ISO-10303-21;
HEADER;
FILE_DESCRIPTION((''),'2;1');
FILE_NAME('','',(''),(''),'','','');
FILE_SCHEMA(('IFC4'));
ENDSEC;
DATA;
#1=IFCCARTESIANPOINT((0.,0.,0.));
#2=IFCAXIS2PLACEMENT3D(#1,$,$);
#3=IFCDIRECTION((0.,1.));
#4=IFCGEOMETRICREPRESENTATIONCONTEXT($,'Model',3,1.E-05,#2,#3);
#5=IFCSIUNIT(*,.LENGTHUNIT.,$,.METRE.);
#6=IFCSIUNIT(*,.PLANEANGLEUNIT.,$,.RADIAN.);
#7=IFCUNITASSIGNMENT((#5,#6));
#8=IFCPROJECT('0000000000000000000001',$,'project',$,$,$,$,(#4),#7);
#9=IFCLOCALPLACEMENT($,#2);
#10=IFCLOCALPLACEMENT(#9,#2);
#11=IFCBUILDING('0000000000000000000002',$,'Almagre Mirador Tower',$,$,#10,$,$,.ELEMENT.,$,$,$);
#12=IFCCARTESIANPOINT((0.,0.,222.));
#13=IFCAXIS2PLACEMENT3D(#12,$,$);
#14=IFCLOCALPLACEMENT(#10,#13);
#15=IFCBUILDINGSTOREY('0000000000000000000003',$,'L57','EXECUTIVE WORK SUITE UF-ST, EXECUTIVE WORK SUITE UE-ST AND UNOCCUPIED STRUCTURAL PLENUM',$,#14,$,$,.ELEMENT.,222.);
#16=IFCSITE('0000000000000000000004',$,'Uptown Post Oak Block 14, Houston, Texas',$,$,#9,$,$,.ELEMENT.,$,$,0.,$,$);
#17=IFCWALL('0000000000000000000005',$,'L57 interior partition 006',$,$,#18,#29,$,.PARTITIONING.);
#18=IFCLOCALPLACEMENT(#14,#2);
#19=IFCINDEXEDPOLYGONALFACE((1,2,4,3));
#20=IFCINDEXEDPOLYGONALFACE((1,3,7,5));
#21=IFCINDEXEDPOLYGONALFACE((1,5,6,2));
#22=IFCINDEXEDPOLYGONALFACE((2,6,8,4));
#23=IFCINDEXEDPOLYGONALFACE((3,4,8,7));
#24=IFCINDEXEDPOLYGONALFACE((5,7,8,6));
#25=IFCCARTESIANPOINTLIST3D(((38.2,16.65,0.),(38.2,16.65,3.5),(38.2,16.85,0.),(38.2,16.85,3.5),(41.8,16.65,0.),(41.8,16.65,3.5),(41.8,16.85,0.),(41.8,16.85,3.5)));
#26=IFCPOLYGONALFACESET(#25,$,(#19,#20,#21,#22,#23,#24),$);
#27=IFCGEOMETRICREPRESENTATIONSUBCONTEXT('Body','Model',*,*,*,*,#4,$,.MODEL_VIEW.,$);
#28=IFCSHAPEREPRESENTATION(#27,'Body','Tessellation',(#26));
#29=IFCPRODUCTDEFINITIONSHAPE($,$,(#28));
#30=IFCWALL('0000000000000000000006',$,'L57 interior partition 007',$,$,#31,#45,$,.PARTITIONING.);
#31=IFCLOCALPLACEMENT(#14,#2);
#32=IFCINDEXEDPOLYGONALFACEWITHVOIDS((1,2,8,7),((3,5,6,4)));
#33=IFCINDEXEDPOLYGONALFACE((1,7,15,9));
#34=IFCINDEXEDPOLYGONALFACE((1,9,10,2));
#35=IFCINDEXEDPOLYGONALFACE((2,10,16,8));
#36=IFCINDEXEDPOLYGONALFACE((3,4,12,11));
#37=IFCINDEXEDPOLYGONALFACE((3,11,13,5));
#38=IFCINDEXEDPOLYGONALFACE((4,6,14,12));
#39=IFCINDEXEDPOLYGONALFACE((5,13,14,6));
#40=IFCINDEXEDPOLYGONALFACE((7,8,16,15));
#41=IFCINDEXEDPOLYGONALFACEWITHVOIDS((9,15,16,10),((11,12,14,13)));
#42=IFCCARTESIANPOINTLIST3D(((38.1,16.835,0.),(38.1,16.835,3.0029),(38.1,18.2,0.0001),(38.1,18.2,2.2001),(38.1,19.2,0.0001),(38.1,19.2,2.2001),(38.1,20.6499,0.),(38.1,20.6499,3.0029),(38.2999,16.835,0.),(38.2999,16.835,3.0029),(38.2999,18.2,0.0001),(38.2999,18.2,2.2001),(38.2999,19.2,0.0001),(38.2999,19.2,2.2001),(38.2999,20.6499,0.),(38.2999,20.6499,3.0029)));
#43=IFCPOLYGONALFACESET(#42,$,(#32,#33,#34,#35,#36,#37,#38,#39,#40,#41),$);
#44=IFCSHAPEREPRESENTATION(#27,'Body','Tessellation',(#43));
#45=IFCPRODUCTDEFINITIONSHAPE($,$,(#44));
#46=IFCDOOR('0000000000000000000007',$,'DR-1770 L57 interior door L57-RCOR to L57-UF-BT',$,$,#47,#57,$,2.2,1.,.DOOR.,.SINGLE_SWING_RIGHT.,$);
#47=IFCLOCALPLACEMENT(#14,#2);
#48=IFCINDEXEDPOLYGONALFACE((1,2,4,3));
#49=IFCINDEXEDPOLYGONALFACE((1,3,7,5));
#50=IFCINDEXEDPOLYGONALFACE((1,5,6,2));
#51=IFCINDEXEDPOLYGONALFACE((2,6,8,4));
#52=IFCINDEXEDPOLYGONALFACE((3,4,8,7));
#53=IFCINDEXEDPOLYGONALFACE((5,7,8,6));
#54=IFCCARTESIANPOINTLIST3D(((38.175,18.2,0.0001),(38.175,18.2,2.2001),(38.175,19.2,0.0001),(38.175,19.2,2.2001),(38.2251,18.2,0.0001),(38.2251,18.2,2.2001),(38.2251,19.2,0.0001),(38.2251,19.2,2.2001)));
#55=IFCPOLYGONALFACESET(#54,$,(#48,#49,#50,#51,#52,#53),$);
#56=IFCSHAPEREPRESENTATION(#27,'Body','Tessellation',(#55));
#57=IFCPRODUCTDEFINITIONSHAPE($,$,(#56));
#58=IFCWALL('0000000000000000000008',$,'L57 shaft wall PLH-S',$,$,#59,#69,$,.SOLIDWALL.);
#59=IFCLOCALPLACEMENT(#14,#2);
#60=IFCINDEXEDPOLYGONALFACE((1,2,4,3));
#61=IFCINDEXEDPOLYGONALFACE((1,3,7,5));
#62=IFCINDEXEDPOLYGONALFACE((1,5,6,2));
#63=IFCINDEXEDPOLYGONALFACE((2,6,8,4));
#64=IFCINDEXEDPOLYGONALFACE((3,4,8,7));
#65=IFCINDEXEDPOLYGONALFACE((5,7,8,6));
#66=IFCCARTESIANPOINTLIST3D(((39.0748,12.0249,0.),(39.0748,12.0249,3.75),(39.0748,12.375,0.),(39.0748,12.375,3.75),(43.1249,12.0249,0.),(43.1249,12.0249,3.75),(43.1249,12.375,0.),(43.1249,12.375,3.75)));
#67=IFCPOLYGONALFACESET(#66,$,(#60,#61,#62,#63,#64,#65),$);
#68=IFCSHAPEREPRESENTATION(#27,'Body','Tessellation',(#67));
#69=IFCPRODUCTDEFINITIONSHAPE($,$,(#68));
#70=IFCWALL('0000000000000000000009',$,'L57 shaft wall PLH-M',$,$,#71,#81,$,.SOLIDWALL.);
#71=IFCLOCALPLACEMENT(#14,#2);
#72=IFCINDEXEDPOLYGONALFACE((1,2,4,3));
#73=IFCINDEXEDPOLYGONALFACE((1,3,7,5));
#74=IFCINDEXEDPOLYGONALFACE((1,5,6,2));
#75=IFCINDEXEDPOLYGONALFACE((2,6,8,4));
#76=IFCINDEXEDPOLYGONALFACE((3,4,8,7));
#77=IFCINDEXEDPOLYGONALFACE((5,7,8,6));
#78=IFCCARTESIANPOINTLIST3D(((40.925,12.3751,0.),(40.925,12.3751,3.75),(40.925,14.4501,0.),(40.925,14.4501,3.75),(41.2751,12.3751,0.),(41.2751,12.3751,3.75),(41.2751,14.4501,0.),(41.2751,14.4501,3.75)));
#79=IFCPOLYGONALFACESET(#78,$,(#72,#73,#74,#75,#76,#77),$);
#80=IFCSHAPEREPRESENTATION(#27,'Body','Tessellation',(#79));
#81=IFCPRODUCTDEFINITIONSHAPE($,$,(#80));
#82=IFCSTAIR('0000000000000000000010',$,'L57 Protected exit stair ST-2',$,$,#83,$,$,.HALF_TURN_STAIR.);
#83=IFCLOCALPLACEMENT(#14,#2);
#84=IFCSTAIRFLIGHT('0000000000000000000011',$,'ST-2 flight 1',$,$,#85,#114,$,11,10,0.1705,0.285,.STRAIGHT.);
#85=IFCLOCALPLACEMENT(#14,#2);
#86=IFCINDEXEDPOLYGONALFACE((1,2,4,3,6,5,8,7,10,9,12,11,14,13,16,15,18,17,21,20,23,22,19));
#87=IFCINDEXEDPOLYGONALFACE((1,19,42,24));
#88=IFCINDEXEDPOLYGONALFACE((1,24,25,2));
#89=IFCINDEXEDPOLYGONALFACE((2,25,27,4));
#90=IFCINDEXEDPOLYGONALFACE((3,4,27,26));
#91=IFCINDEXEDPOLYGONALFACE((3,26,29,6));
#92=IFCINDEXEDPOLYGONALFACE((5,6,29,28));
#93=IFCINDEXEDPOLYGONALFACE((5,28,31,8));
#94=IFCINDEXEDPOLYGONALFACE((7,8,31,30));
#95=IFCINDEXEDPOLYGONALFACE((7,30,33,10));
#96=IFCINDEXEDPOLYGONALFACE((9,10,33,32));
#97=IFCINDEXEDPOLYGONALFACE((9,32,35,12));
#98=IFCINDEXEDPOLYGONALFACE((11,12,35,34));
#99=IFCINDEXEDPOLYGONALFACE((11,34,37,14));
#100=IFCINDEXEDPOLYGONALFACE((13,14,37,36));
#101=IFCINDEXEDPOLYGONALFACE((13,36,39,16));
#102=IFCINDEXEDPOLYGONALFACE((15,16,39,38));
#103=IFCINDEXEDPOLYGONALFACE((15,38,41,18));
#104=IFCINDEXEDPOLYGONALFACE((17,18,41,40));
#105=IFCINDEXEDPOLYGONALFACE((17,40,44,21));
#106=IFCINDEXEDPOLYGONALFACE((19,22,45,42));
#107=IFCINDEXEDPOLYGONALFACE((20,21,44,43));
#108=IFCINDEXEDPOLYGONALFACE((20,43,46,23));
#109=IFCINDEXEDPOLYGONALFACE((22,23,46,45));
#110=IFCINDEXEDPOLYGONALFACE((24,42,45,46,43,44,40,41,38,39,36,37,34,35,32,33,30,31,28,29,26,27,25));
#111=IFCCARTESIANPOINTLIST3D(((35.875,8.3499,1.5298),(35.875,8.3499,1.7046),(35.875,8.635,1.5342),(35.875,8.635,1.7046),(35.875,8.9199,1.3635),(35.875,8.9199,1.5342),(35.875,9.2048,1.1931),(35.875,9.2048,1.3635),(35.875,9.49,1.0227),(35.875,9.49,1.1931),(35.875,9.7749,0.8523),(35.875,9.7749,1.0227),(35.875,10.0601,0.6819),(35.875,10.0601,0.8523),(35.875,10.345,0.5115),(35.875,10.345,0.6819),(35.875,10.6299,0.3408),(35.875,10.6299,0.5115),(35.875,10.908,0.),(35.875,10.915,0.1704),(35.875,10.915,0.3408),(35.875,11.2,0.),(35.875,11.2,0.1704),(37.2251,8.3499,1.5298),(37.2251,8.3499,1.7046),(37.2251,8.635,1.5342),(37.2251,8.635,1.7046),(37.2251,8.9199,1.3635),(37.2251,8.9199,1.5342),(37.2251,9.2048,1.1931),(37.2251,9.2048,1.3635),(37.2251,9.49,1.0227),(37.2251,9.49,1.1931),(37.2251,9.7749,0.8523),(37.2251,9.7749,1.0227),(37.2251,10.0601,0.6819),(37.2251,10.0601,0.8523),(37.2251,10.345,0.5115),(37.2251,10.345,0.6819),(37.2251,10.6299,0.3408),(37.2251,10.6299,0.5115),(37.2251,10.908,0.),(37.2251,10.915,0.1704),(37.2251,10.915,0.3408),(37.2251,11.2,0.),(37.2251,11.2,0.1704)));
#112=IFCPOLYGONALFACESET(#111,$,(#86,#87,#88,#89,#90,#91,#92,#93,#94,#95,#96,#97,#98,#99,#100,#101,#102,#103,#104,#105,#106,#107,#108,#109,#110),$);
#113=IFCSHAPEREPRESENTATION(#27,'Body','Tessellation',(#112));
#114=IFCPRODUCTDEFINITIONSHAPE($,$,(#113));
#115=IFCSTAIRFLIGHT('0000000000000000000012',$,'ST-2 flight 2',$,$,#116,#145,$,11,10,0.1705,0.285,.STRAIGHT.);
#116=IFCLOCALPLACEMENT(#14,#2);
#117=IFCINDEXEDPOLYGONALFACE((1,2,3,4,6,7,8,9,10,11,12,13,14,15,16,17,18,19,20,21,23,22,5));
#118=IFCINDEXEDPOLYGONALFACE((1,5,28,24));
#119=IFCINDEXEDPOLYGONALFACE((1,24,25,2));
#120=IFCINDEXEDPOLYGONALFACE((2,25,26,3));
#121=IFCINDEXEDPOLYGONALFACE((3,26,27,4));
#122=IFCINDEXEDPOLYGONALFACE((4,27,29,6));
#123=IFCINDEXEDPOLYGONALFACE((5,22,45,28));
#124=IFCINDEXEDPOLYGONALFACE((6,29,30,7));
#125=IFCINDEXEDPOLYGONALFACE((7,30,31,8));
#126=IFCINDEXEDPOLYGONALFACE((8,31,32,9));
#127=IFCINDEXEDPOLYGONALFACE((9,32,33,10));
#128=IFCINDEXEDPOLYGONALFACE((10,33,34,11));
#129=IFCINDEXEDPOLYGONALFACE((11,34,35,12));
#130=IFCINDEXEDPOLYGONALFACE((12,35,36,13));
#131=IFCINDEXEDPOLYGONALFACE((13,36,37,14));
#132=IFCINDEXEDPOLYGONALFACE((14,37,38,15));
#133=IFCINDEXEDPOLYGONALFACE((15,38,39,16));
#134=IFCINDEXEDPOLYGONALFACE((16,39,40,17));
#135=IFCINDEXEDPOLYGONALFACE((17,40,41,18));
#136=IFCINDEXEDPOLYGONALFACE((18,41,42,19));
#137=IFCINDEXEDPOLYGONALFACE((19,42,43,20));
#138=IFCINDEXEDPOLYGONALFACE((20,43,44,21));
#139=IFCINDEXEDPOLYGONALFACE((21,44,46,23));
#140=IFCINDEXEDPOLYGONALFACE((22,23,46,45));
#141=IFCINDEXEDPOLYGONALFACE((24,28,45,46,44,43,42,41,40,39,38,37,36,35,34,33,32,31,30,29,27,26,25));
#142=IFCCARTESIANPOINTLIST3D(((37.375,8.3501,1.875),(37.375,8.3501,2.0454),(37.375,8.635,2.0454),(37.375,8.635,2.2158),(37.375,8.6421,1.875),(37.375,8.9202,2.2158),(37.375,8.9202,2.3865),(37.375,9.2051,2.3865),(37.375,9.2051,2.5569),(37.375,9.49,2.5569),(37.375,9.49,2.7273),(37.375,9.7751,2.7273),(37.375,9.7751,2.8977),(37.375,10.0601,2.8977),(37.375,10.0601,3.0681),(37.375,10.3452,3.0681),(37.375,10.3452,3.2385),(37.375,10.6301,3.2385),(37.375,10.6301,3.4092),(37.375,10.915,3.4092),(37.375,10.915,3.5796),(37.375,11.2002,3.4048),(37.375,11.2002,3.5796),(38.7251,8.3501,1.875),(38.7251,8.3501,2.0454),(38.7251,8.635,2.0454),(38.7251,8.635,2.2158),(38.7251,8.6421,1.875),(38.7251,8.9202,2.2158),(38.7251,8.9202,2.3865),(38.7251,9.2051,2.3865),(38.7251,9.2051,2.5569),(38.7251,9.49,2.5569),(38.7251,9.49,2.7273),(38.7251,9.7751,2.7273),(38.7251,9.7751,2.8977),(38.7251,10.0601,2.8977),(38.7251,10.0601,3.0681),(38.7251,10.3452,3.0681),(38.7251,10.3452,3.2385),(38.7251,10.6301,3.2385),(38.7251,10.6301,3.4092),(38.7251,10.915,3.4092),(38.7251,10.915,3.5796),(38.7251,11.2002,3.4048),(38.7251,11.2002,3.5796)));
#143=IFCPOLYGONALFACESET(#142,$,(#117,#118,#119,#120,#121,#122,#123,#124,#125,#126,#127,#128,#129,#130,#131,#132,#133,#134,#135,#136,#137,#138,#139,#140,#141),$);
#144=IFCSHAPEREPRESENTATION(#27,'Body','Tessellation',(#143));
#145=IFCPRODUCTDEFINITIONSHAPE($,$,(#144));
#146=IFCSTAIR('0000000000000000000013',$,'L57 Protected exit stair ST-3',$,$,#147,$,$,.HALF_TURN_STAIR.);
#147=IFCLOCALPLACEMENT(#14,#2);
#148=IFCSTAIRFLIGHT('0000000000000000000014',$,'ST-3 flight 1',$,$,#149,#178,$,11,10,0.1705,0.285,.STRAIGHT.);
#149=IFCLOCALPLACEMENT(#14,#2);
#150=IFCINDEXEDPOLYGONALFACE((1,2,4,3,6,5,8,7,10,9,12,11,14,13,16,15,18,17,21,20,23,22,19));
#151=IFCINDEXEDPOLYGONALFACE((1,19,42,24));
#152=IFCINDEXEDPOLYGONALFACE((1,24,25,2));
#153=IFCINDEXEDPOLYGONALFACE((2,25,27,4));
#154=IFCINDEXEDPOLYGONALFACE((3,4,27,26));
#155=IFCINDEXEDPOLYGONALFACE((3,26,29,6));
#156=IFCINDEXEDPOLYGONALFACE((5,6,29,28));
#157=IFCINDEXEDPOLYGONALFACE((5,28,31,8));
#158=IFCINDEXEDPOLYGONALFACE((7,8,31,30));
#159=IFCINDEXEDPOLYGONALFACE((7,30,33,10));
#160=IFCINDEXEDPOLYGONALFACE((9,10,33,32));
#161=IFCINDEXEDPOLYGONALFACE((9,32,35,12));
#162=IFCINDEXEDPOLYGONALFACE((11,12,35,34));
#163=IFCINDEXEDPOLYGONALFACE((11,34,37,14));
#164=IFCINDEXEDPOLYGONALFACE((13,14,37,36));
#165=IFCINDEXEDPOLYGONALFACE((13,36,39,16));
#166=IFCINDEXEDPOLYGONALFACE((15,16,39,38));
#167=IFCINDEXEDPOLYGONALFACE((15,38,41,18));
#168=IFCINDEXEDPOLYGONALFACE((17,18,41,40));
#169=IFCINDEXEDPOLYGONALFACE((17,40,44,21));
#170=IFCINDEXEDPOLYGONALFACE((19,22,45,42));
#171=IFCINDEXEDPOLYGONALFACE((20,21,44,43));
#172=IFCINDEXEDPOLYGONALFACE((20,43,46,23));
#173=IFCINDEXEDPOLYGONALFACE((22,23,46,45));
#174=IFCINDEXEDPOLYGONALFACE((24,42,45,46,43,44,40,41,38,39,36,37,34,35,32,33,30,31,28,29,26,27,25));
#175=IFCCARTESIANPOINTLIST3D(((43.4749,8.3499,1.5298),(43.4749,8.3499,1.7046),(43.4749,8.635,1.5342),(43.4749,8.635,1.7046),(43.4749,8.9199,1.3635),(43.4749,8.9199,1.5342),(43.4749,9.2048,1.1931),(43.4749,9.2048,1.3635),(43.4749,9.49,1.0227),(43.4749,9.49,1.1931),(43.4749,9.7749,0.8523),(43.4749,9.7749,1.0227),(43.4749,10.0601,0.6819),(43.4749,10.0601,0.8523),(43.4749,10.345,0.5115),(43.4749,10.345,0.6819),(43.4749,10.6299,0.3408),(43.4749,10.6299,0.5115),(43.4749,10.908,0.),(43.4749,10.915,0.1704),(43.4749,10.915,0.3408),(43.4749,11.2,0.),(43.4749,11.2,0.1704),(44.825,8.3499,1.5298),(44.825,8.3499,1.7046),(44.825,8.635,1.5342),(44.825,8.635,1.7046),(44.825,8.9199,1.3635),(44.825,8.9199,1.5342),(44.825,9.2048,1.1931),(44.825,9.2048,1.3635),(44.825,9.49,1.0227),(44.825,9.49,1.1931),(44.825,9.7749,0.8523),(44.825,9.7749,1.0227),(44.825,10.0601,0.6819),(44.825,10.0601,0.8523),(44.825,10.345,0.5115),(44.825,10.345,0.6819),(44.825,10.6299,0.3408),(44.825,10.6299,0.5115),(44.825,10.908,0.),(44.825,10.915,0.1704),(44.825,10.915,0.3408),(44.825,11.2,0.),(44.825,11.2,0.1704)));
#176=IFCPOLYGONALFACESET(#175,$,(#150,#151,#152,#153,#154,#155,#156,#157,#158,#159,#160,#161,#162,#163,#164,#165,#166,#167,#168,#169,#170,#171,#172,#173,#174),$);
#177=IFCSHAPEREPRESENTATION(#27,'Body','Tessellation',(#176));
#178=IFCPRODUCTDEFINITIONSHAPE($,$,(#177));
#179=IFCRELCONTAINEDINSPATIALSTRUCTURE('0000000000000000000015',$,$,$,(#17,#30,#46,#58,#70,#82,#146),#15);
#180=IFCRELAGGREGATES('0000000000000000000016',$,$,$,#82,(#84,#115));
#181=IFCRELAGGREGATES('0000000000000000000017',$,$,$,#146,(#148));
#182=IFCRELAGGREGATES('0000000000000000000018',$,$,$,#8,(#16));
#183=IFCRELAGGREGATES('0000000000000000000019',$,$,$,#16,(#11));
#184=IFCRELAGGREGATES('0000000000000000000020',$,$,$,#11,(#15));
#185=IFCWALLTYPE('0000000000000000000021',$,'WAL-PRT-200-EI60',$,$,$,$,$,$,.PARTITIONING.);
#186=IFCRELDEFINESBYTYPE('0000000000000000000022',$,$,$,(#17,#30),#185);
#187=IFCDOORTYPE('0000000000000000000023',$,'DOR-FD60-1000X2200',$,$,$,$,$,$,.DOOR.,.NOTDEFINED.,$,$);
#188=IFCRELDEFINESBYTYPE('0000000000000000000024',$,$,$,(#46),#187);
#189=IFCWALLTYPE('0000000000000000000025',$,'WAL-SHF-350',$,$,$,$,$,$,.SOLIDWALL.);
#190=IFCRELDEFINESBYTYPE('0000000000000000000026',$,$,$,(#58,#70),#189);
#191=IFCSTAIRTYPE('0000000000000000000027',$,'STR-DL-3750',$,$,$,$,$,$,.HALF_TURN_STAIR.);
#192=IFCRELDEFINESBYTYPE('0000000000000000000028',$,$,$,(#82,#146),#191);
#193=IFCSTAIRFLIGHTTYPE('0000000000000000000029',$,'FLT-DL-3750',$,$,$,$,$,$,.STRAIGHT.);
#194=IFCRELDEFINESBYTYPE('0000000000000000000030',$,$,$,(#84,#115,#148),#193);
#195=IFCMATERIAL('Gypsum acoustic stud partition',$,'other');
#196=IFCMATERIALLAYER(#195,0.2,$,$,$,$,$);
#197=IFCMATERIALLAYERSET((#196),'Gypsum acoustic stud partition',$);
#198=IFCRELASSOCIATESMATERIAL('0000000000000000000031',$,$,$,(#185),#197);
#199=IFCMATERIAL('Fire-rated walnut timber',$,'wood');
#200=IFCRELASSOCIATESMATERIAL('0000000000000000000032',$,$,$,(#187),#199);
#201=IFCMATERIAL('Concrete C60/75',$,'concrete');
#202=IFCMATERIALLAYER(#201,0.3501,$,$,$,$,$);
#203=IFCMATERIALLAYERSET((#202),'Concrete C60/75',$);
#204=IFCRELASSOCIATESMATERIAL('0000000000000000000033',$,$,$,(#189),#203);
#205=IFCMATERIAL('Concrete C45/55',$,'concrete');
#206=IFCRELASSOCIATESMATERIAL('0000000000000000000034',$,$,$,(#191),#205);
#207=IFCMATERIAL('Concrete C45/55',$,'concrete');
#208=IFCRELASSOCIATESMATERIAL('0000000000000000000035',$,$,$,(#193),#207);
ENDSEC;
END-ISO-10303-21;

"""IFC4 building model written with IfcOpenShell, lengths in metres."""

from ifc_helpers import new_model, si_unit, direction, frame, frame_2d, origin, place, context, subcontext, project, spatial, polyline, rectangle, outline, extrude, material, layer, layer_set, type_object, element, fill, aggregate, save


model = new_model("IFC4")

# Units and contexts
model_context = context("Model", 3, precision=1e-05, world=origin(), true_north=direction((0.0, 1.0)))
body_context = subcontext(model_context, "Body", "Model", "MODEL_VIEW")
ifc_project = project(units=[si_unit("LENGTHUNIT", "METRE"), si_unit("PLANEANGLEUNIT", "RADIAN")], contexts=[model_context])

# Site, building, storey
site_placement = place(None, origin())
site = spatial("IfcSite", under=ifc_project, at=site_placement, Name="Uptown Post Oak Block 14, Houston, Texas", CompositionType="ELEMENT", RefElevation=0.0)
building_placement = place(site_placement, origin())
building = spatial("IfcBuilding", under=site, at=building_placement, Name="Almagre Mirador Tower", CompositionType="ELEMENT")
storey_placement = place(building_placement, frame((0.0, 0.0, 222.0)))
storey = spatial("IfcBuildingStorey", under=building, at=storey_placement, Name="L57", Description="EXECUTIVE WORK SUITE UF-ST, EXECUTIVE WORK SUITE UE-ST AND UNOCCUPIED STRUCTURAL PLENUM", CompositionType="ELEMENT", Elevation=222.0)

# Wall
ifc_material_1 = material(Name="Gypsum acoustic stud partition", Category="other")
ifc_layer_1 = layer(ifc_material_1, 0.2)
ifc_layer_set_1 = layer_set([ifc_layer_1], Name="Gypsum acoustic stud partition")
wall_type_1 = type_object("IfcWallType", Name="WAL-PRT-200-EI60", PredefinedType="PARTITIONING", material=ifc_layer_set_1)
wall_1_placement = place(storey_placement, frame((41.8, 16.75, 0.0), z_axis=(0.0, 0.0, 1.0), x_axis=(-1.0, 0.0, 0.0)))
element("IfcWall", 1, at=wall_1_placement, inside=storey, type_object=wall_type_1, Name="L57 interior partition 006", PredefinedType="PARTITIONING", context=body_context, shape_type="SweptSolid", body=[
    extrude(rectangle(XDim=3.6001, YDim=0.2, at=frame_2d((1.8, 0.0))), origin(), (0.0, 0.0, 1.0), 3.5),
])

# Wall, opening, door
wall_2_placement = place(storey_placement, frame((38.2, 16.835, 0.0), z_axis=(0.0, 0.0, 1.0), x_axis=(0.0, 1.0, 0.0)))
wall_2 = element("IfcWall", 2, at=wall_2_placement, inside=storey, type_object=wall_type_1, Name="L57 interior partition 007", PredefinedType="PARTITIONING", context=body_context, shape_type="SweptSolid", body=[
    extrude(rectangle(XDim=3.8149, YDim=0.2, at=frame_2d((1.9075, 0.0))), origin(), (0.0, 0.0, 1.0), 3.0029),
])
opening_placement = place(wall_2_placement, frame((1.365, 0.0, 0.0)))
opening = element("IfcOpeningElement", 3, at=opening_placement, cuts=wall_2, PredefinedType="OPENING", context=body_context, shape_type="SweptSolid", body=[
    extrude(rectangle(XDim=1.0, YDim=2.2, at=frame_2d((0.5, 1.1001))), frame((0.0, 0.1101, 0.0), z_axis=(0.0, -1.0, 0.0), x_axis=(1.0, 0.0, 0.0)), (0.0, 0.0, 1.0), 0.22),
])
ifc_material_2 = material(Name="Fire-rated walnut timber", Category="wood")
door_type = type_object("IfcDoorType", Name="DOR-FD60-1000X2200", OperationType="NOTDEFINED", PredefinedType="DOOR", material=ifc_material_2)
door_placement = place(opening_placement, origin())
door = element("IfcDoor", 4, at=door_placement, inside=storey, type_object=door_type, Name="DR-1770 L57 interior door L57-RCOR to L57-UF-BT", OperationType="SINGLE_SWING_RIGHT", OverallHeight=2.2, OverallWidth=1.0, PredefinedType="DOOR", context=body_context, shape_type="SweptSolid", body=[
    extrude(rectangle(XDim=1.0, YDim=2.2, at=frame_2d((0.5, 1.1001))), frame((0.0, 0.0249, 0.0), z_axis=(0.0, -1.0, 0.0), x_axis=(1.0, 0.0, 0.0)), (0.0, 0.0, 1.0), 0.05),
])
fill(opening, door)

# Walls
ifc_material_3 = material(Name="Concrete C60/75", Category="concrete")
ifc_layer_2 = layer(ifc_material_3, 0.3501)
ifc_layer_set_2 = layer_set([ifc_layer_2], Name="Concrete C60/75")
wall_type_2 = type_object("IfcWallType", Name="WAL-SHF-350", PredefinedType="SOLIDWALL", material=ifc_layer_set_2)
wall_3_placement = place(storey_placement, frame((39.075, 12.2, 0.0), z_axis=(0.0, 0.0, 1.0), x_axis=(1.0, 0.0, 0.0)))
element("IfcWall", 5, at=wall_3_placement, inside=storey, type_object=wall_type_2, Name="L57 shaft wall PLH-S", PredefinedType="SOLIDWALL", context=body_context, shape_type="SweptSolid", body=[
    extrude(rectangle(XDim=4.05, YDim=0.3501, at=frame_2d((2.0249, 0.0))), origin(), (0.0, 0.0, 1.0), 3.75),
])
wall_4_placement = place(storey_placement, frame((41.1001, 12.375, 0.0), z_axis=(0.0, 0.0, 1.0), x_axis=(0.0, 1.0, 0.0)))
element("IfcWall", 6, at=wall_4_placement, inside=storey, type_object=wall_type_2, Name="L57 shaft wall PLH-M", PredefinedType="SOLIDWALL", context=body_context, shape_type="SweptSolid", body=[
    extrude(rectangle(XDim=2.075, YDim=0.3501, at=frame_2d((1.0376, 0.0))), origin(), (0.0, 0.0, 1.0), 3.75),
])

# Stairs, stair flights
ifc_material_4 = material(Name="Concrete C45/55", Category="concrete")
stair_type = type_object("IfcStairType", Name="STR-DL-3750", PredefinedType="HALF_TURN_STAIR", material=ifc_material_4)
stair_1_placement = place(storey_placement, origin())
stair_1 = element("IfcStair", 7, at=stair_1_placement, inside=storey, type_object=stair_type, Name="L57 Protected exit stair ST-2", PredefinedType="HALF_TURN_STAIR")
ifc_material_5 = material(Name="Concrete C45/55", Category="concrete")
stair_flight_type = type_object("IfcStairFlightType", Name="FLT-DL-3750", PredefinedType="STRAIGHT", material=ifc_material_5)
stair_flight_1_placement = place(storey_placement, frame((36.55, 11.2, 0.0), z_axis=(0.0, 0.0, 1.0), x_axis=(0.0, -1.0, 0.0)))
stair_flight_1 = element("IfcStairFlight", 8, at=stair_flight_1_placement, type_object=stair_flight_type, Name="ST-2 flight 1", NumberOfRisers=11, NumberOfTreads=10, PredefinedType="STRAIGHT", RiserHeight=0.1705, TreadLength=0.285, context=body_context, shape_type="SweptSolid", body=[
    extrude(outline(polyline([(0.0, 0.0), (0.0, 0.1704), (0.2849, 0.1704), (0.2849, 0.3408), (0.5701, 0.3408), (0.5701, 0.5115), (0.855, 0.5115), (0.855, 0.6819), (1.1399, 0.6819), (1.1399, 0.8523), (1.425, 0.8523), (1.425, 1.0227), (1.71, 1.0227), (1.71, 1.1931), (1.9951, 1.1931), (1.9951, 1.3635), (2.28, 1.3635), (2.28, 1.5342), (2.5649, 1.5342), (2.5649, 1.7046), (2.8501, 1.7046), (2.8501, 1.875), (2.8501, 1.5298), (0.292, 0.0), (0.0, 0.0)])), frame((0.0, 0.675, 0.0), z_axis=(0.0, -1.0, 0.0), x_axis=(1.0, 0.0, 0.0)), (0.0, 0.0, 1.0), 1.3501),
])
stair_flight_2_placement = place(storey_placement, frame((38.05, 8.3501, 1.875), z_axis=(0.0, 0.0, 1.0), x_axis=(0.0, 1.0, 0.0)))
stair_flight_2 = element("IfcStairFlight", 9, at=stair_flight_2_placement, type_object=stair_flight_type, Name="ST-2 flight 2", NumberOfRisers=11, NumberOfTreads=10, PredefinedType="STRAIGHT", RiserHeight=0.1705, TreadLength=0.285, context=body_context, shape_type="SweptSolid", body=[
    extrude(outline(polyline([(0.0, 0.0), (0.0, 0.1704), (0.2849, 0.1704), (0.2849, 0.3408), (0.5701, 0.3408), (0.5701, 0.5115), (0.855, 0.5115), (0.855, 0.6819), (1.1399, 0.6819), (1.1399, 0.8523), (1.425, 0.8523), (1.425, 1.0227), (1.71, 1.0227), (1.71, 1.1931), (1.9951, 1.1931), (1.9951, 1.3635), (2.28, 1.3635), (2.28, 1.5342), (2.5649, 1.5342), (2.5649, 1.7046), (2.8501, 1.7046), (2.8501, 1.875), (2.8501, 1.5298), (0.292, 0.0), (0.0, 0.0)])), frame((0.0, 0.675, 0.0), z_axis=(0.0, -1.0, 0.0), x_axis=(1.0, 0.0, 0.0)), (0.0, 0.0, 1.0), 1.3501),
])
aggregate(stair_1, [stair_flight_1, stair_flight_2])
stair_2_placement = place(storey_placement, origin())
stair_2 = element("IfcStair", 10, at=stair_2_placement, inside=storey, type_object=stair_type, Name="L57 Protected exit stair ST-3", PredefinedType="HALF_TURN_STAIR")
stair_flight_3_placement = place(storey_placement, frame((44.1499, 11.2, 0.0), z_axis=(0.0, 0.0, 1.0), x_axis=(0.0, -1.0, 0.0)))
stair_flight_3 = element("IfcStairFlight", 11, at=stair_flight_3_placement, type_object=stair_flight_type, Name="ST-3 flight 1", NumberOfRisers=11, NumberOfTreads=10, PredefinedType="STRAIGHT", RiserHeight=0.1705, TreadLength=0.285, context=body_context, shape_type="SweptSolid", body=[
    extrude(outline(polyline([(0.0, 0.0), (0.0, 0.1704), (0.2849, 0.1704), (0.2849, 0.3408), (0.5701, 0.3408), (0.5701, 0.5115), (0.855, 0.5115), (0.855, 0.6819), (1.1399, 0.6819), (1.1399, 0.8523), (1.425, 0.8523), (1.425, 1.0227), (1.71, 1.0227), (1.71, 1.1931), (1.9951, 1.1931), (1.9951, 1.3635), (2.28, 1.3635), (2.28, 1.5342), (2.5649, 1.5342), (2.5649, 1.7046), (2.8501, 1.7046), (2.8501, 1.875), (2.8501, 1.5298), (0.292, 0.0), (0.0, 0.0)])), frame((0.0, 0.675, 0.0), z_axis=(0.0, -1.0, 0.0), x_axis=(1.0, 0.0, 0.0)), (0.0, 0.0, 1.0), 1.3501),
])
aggregate(stair_2, [stair_flight_3])

save(model, "model.ifc")
